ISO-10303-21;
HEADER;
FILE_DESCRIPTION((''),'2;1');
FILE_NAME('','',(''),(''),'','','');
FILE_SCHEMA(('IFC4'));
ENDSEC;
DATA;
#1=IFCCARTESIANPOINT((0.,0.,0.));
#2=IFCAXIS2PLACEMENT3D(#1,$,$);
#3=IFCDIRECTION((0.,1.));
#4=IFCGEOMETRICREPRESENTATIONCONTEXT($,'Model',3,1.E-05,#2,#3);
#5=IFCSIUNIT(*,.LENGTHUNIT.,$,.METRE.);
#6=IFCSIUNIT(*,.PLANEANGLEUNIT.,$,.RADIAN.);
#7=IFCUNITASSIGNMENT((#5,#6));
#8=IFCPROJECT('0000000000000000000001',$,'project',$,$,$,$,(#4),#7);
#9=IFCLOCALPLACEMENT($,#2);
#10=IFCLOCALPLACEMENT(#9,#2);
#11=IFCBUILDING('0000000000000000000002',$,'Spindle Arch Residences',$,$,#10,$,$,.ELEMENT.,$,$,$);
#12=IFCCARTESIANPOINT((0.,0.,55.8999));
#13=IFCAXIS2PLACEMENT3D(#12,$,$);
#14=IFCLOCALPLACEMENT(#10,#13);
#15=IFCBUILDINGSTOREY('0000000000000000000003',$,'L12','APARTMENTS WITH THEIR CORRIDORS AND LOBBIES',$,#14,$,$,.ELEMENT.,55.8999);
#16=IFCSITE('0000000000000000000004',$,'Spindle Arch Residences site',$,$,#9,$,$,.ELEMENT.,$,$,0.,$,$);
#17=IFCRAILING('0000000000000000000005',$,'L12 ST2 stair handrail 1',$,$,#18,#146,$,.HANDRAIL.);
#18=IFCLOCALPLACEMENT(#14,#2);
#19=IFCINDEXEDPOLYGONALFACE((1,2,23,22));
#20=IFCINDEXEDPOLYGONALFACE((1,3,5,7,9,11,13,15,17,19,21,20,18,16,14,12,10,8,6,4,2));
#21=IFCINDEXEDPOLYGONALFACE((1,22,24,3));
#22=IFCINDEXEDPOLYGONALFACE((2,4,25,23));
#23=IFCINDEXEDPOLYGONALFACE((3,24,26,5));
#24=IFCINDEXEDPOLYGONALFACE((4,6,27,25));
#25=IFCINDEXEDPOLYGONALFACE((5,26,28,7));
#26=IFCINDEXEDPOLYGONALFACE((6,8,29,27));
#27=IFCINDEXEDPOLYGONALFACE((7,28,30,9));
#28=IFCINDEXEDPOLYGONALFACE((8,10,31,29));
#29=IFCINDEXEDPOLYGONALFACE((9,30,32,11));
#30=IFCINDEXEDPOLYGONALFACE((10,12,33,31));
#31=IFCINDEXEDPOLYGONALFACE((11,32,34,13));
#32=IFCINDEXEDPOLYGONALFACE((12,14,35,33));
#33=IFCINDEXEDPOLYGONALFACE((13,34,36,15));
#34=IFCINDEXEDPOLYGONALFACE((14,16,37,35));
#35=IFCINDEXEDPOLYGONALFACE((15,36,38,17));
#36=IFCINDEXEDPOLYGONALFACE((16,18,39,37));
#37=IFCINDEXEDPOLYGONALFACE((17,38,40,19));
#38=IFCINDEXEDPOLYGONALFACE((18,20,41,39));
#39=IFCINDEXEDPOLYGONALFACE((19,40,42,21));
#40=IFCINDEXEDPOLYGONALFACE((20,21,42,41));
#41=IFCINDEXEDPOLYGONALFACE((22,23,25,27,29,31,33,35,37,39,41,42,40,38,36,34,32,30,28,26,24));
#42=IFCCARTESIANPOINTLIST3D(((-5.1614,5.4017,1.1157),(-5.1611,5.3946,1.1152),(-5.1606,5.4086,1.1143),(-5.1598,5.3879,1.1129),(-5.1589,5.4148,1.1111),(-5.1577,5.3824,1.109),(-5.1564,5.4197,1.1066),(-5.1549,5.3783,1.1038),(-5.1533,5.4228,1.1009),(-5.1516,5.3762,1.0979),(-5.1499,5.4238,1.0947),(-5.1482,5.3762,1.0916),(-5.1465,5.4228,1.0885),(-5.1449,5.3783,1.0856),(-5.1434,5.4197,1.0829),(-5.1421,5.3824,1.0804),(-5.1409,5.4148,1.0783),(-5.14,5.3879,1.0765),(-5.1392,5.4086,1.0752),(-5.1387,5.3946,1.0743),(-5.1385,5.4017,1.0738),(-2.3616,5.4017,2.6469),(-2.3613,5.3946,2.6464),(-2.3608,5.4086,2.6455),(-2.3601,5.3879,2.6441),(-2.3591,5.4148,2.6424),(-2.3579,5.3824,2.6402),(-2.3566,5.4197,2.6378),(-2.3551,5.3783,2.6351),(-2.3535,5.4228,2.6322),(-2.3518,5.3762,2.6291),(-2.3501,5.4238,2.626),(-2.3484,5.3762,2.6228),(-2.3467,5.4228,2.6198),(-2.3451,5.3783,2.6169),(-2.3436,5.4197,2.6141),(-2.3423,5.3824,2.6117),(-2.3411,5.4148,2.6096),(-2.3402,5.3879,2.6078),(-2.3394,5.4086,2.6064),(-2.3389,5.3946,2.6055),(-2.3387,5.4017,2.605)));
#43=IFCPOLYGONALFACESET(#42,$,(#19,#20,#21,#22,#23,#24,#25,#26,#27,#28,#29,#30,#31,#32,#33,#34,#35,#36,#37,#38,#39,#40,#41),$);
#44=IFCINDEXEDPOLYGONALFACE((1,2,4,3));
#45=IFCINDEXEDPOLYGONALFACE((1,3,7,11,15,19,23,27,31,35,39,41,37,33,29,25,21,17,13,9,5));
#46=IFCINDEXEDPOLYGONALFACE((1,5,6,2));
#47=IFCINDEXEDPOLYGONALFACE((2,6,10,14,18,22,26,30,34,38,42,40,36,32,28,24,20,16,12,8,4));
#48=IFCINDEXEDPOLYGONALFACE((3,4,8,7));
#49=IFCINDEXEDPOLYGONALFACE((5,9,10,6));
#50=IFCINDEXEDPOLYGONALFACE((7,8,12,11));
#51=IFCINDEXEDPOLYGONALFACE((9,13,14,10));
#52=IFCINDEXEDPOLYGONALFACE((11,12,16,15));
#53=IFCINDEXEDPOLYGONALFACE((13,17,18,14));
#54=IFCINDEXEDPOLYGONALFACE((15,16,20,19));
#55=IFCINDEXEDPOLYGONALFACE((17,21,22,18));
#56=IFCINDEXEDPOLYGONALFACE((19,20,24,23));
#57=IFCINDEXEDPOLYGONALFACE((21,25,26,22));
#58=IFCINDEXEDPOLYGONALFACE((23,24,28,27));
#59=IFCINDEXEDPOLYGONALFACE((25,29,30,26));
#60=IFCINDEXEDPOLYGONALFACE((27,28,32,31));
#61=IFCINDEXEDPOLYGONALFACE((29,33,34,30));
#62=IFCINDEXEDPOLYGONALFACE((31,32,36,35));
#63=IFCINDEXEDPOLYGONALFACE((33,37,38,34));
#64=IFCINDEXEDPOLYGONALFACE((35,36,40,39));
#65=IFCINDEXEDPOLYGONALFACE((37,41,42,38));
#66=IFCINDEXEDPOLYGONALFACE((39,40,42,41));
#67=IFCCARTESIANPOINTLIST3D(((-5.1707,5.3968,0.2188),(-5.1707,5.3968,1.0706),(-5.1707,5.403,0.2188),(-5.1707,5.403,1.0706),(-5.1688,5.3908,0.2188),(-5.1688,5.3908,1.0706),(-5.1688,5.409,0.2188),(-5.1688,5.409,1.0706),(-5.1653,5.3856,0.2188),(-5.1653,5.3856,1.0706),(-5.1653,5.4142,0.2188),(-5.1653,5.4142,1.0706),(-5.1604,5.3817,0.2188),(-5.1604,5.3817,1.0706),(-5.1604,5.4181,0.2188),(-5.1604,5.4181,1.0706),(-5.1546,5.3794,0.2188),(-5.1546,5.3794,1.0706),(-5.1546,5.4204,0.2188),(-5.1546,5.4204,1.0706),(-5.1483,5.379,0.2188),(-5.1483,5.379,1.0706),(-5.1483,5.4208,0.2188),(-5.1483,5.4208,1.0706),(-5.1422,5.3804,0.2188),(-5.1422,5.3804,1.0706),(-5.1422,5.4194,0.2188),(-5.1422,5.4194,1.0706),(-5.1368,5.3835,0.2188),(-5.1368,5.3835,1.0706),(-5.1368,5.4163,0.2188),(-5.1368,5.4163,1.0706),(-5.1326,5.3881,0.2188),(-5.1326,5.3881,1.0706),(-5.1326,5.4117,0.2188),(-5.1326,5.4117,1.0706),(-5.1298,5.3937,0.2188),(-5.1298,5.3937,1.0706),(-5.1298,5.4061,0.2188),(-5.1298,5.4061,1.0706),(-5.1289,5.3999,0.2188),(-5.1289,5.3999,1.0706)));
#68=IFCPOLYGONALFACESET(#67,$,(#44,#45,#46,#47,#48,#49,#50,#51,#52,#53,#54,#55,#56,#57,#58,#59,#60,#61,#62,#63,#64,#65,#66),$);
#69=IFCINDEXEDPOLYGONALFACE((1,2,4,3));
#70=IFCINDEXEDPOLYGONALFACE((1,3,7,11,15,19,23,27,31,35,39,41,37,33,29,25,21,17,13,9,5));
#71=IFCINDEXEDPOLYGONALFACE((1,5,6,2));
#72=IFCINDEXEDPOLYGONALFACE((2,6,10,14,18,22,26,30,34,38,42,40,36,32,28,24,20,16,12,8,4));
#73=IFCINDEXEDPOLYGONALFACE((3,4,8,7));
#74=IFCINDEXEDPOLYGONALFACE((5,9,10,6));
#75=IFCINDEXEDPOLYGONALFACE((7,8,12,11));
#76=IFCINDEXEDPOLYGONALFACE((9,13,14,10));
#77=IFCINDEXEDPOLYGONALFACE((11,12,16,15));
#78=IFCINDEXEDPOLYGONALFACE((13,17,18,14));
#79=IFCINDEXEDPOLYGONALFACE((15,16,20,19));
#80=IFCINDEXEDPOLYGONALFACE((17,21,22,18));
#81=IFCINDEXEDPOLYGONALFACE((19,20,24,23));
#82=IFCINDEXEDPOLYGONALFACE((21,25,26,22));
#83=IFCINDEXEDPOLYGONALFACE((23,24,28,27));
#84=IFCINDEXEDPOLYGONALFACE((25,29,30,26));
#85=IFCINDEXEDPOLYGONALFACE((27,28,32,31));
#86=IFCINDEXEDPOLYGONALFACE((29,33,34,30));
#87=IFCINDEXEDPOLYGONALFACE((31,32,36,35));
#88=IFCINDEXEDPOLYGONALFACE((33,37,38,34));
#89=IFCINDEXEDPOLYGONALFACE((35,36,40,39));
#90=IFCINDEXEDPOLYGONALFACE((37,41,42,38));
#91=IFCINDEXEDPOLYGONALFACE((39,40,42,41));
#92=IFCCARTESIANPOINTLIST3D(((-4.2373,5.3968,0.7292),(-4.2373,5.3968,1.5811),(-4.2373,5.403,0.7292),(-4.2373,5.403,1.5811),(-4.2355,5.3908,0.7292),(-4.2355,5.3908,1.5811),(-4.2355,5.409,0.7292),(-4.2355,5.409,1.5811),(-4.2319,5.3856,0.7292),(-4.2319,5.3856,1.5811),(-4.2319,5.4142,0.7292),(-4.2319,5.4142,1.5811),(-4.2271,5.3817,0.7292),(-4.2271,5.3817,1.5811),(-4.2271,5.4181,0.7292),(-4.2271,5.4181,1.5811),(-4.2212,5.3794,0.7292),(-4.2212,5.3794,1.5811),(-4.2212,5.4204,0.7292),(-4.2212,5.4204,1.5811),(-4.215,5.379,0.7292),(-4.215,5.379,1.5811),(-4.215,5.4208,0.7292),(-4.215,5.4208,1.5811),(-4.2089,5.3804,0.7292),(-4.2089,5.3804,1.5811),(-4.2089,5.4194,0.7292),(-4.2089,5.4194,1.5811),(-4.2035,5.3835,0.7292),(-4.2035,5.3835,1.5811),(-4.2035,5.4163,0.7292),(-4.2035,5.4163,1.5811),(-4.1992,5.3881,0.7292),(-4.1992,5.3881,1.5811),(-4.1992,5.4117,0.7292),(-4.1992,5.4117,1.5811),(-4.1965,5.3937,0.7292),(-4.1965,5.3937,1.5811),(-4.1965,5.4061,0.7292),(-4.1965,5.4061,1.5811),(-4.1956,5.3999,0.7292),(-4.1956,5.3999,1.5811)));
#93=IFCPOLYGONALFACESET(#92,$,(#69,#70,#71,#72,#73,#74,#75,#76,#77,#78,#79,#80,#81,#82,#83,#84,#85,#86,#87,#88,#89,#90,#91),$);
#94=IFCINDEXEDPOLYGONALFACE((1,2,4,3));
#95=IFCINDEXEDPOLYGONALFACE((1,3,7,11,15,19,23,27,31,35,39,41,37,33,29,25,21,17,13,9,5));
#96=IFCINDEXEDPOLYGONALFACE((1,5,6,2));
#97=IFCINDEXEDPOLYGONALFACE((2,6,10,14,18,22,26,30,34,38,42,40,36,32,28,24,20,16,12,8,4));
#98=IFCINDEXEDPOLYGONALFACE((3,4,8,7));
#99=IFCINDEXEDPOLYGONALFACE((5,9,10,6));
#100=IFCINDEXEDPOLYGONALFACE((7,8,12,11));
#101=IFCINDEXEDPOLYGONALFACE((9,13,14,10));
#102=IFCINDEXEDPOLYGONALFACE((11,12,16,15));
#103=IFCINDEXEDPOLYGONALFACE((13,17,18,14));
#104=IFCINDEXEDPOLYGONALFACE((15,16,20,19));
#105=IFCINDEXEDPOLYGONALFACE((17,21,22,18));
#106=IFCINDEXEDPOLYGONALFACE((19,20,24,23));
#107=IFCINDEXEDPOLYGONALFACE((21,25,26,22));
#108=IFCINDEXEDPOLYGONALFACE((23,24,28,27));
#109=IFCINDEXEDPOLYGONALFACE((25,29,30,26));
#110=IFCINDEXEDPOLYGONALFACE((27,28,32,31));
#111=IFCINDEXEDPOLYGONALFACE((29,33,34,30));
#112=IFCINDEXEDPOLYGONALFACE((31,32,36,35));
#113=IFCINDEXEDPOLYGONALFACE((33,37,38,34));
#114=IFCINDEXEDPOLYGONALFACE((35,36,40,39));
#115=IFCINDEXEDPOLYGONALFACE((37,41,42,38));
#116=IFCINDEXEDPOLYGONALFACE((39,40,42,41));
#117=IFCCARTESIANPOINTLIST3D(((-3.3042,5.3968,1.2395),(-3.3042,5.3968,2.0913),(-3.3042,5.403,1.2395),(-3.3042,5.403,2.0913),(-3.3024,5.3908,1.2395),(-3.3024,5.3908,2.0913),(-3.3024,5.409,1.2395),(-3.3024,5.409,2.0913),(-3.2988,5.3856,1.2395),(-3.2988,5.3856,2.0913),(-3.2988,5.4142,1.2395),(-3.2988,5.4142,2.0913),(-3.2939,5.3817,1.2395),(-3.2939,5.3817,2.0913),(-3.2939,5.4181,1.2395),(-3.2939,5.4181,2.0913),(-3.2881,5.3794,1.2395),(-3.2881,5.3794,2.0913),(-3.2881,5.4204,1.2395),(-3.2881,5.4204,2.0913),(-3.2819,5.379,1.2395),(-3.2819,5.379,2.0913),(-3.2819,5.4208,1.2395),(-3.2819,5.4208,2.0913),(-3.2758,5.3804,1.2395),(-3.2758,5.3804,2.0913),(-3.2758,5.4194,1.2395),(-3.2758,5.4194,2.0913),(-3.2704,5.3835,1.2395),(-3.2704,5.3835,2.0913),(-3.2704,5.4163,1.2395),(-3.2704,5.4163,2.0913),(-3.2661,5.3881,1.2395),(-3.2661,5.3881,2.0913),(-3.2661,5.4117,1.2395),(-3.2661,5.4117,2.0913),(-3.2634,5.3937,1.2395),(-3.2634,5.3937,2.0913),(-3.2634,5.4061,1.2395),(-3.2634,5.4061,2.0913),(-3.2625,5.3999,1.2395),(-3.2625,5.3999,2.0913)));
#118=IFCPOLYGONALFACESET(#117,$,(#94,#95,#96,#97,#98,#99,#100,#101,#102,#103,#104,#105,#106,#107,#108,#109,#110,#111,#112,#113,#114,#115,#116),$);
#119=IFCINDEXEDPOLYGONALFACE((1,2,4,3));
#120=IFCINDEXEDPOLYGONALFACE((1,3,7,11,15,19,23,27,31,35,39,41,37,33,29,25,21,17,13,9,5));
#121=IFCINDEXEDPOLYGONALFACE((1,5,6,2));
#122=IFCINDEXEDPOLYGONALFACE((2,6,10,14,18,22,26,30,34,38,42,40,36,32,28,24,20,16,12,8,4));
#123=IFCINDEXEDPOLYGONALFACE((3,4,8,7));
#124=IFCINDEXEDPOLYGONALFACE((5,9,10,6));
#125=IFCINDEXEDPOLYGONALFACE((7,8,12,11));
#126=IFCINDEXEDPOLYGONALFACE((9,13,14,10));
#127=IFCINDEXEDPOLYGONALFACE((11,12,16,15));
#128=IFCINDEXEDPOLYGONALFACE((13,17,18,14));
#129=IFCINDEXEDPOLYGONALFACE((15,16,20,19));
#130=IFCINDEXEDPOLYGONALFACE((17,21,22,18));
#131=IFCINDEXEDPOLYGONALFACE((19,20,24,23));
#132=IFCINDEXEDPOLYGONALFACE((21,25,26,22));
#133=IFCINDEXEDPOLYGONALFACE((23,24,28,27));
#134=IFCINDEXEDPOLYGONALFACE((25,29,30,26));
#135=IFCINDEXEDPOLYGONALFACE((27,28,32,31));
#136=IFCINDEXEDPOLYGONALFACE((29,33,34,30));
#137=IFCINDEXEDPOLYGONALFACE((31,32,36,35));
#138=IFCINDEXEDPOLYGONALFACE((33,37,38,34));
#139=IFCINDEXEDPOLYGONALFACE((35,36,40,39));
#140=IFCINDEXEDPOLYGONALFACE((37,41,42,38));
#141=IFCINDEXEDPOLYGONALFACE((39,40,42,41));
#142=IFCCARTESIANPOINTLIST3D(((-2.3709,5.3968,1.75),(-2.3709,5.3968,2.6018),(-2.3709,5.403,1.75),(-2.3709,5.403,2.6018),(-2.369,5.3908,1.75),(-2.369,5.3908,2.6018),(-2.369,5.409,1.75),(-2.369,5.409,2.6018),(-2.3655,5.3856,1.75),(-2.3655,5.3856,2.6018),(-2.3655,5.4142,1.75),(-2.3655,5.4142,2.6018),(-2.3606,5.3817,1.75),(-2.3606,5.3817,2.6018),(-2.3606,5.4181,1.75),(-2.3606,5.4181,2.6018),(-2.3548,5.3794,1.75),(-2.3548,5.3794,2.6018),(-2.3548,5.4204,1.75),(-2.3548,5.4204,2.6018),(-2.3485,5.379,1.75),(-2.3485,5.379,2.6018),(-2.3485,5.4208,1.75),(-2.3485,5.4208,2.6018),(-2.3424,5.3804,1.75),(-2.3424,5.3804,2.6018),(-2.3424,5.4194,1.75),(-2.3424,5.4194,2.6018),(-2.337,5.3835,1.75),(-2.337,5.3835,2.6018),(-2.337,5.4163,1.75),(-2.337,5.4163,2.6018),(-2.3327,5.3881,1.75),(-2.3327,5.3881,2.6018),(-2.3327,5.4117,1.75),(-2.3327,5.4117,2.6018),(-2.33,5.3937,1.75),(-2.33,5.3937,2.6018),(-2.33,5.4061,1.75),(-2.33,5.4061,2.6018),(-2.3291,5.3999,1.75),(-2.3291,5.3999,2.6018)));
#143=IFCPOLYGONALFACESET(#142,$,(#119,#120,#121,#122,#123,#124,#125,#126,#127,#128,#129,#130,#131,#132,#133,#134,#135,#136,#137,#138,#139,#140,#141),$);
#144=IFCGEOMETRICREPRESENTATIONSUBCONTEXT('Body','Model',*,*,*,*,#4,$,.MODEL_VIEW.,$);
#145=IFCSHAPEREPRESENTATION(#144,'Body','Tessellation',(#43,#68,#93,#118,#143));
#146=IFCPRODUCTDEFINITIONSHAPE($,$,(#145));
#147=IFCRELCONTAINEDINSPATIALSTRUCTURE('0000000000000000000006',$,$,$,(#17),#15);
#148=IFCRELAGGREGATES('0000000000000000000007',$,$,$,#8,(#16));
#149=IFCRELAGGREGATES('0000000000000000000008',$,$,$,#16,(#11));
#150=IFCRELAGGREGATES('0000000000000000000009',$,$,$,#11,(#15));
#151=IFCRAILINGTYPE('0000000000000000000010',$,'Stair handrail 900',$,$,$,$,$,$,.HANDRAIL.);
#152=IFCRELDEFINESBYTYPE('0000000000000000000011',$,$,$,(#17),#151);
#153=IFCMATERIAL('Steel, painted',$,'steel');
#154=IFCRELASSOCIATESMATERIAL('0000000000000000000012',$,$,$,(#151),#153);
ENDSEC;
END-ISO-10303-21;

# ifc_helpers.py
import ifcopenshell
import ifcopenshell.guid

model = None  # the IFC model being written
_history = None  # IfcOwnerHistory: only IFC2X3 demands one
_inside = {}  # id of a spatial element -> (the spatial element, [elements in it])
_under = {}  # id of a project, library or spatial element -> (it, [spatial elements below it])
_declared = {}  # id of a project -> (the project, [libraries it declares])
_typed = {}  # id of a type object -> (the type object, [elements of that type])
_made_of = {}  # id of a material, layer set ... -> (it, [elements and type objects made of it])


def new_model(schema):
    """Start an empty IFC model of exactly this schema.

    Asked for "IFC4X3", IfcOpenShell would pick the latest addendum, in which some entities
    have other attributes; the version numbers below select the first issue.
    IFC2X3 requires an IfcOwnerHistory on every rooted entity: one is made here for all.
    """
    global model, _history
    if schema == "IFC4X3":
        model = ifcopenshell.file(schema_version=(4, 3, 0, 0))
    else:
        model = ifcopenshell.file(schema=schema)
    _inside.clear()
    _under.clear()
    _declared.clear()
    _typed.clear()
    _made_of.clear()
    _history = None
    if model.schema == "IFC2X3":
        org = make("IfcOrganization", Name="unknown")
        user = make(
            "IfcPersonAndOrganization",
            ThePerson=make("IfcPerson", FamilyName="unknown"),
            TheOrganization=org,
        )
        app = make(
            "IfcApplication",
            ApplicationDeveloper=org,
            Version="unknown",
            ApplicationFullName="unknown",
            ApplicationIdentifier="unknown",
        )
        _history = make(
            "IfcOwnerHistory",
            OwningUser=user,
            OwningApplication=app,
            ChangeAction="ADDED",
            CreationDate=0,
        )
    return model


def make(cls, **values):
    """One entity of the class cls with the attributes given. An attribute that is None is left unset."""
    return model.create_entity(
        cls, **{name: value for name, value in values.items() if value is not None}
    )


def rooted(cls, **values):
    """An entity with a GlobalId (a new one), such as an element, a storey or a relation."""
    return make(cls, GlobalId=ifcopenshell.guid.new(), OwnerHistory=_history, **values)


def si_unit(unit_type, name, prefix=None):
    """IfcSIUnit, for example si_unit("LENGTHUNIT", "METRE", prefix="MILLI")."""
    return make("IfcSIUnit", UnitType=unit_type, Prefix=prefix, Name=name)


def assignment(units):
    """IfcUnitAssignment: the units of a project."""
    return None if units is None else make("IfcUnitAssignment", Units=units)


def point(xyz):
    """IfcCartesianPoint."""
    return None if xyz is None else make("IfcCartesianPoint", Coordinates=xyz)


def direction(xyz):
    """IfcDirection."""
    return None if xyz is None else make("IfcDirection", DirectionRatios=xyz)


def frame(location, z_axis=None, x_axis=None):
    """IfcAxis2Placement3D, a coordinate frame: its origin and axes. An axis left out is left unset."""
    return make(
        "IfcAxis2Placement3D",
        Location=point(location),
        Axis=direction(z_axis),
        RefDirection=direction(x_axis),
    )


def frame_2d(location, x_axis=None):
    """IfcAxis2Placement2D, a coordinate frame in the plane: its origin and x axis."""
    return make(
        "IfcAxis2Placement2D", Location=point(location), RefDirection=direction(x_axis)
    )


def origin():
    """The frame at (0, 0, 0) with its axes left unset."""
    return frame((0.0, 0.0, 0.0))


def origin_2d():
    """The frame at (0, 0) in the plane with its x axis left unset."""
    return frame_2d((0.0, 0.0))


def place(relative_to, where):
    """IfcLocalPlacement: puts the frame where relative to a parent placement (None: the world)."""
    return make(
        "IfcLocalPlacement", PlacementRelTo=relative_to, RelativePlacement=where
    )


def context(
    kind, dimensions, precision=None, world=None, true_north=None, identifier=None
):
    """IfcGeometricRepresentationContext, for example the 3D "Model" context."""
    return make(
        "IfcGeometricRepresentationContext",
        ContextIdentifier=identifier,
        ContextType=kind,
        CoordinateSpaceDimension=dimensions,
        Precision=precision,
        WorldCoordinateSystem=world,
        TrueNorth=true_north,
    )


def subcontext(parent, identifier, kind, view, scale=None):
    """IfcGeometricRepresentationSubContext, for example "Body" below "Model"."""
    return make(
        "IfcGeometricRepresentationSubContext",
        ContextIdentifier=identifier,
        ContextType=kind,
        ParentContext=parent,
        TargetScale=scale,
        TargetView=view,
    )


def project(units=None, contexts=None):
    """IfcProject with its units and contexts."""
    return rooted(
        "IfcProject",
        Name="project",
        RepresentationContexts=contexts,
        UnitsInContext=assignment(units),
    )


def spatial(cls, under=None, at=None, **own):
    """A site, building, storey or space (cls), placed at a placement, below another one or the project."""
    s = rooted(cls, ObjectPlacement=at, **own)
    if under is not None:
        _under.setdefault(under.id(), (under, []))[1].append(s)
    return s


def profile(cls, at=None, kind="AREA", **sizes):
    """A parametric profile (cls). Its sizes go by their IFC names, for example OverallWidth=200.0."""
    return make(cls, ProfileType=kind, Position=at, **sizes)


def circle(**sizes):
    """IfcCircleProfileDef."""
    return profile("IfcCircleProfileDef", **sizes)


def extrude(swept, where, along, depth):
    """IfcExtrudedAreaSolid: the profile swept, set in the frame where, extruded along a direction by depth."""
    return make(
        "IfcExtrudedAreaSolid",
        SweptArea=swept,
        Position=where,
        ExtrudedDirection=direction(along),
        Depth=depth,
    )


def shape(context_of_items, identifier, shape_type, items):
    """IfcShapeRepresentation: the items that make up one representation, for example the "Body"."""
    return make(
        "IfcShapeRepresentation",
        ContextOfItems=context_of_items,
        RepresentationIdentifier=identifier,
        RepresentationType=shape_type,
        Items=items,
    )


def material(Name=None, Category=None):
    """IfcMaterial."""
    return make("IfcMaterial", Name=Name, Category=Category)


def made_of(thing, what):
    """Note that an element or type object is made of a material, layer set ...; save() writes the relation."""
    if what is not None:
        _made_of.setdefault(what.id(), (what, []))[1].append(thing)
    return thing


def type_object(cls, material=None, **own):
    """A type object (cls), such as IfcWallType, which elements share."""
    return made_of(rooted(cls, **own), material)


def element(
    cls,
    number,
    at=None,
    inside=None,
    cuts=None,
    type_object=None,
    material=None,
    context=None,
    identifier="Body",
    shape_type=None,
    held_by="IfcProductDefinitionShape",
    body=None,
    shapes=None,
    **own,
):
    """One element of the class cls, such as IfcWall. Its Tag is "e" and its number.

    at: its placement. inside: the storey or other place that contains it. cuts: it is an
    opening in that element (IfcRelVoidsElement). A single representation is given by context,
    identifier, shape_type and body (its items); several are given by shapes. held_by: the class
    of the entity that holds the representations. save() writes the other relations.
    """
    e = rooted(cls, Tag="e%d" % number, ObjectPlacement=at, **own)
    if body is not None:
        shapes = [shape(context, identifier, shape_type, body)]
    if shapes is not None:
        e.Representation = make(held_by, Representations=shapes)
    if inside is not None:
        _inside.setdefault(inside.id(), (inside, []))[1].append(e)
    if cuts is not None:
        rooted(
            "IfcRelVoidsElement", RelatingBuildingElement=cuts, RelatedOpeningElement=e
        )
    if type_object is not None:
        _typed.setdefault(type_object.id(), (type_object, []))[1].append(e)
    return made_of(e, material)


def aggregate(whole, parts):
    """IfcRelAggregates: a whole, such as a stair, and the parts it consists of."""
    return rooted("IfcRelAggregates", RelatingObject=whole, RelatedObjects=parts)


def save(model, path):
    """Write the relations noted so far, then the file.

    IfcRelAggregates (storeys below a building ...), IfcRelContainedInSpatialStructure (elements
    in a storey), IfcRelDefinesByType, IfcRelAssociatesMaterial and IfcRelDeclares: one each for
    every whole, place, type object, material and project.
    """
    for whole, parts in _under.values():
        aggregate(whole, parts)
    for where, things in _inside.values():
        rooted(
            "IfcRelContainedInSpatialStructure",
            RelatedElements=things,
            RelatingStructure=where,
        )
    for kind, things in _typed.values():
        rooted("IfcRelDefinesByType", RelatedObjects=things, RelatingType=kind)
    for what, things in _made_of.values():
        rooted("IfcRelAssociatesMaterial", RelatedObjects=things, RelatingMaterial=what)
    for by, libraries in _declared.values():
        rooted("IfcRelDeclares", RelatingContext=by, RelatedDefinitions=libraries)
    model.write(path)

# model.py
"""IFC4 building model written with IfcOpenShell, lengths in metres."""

from ifc_helpers import new_model, si_unit, direction, frame, origin, origin_2d, place, context, subcontext, project, spatial, circle, extrude, material, type_object, element, save


model = new_model("IFC4")

# Units and contexts
model_context = context("Model", 3, precision=1e-05, world=origin(), true_north=direction((0.0, 1.0)))
body_context = subcontext(model_context, "Body", "Model", "MODEL_VIEW")
ifc_project = project(units=[si_unit("LENGTHUNIT", "METRE"), si_unit("PLANEANGLEUNIT", "RADIAN")], contexts=[model_context])

# Site, building, storey
site_placement = place(None, origin())
site = spatial("IfcSite", under=ifc_project, at=site_placement, Name="Spindle Arch Residences site", CompositionType="ELEMENT", RefElevation=0.0)
building_placement = place(site_placement, origin())
building = spatial("IfcBuilding", under=site, at=building_placement, Name="Spindle Arch Residences", CompositionType="ELEMENT")
storey_placement = place(building_placement, frame((0.0, 0.0, 55.8999)))
storey = spatial("IfcBuildingStorey", under=building, at=storey_placement, Name="L12", Description="APARTMENTS WITH THEIR CORRIDORS AND LOBBIES", CompositionType="ELEMENT", Elevation=55.8999)

# Railing
ifc_material_1 = material(Name="Steel, painted", Category="steel")
railing_type_1 = type_object("IfcRailingType", Name="Stair handrail 900", PredefinedType="HANDRAIL", material=ifc_material_1)
railing_1_placement = place(storey_placement, frame((-5.1499, 5.3999, 0.2188)))
element("IfcRailing", 1, at=railing_1_placement, inside=storey, type_object=railing_type_1, Name="L12 ST2 stair handrail 1", PredefinedType="HANDRAIL", context=body_context, shape_type="SweptSolid", body=[
    extrude(circle(Radius=0.0239, at=origin_2d()), frame((0.0, 0.0, 0.876), z_axis=(0.877357, 0.0, 0.479838), x_axis=(0.0, 1.0, 0.0)), (0.0, 0.0, 1.0), 3.1912),
    extrude(circle(Radius=0.021, at=origin_2d()), origin(), (0.0, 0.0, 1.0), 0.8518),
    extrude(circle(Radius=0.021, at=origin_2d()), frame((0.9333, 0.0, 0.5105)), (0.0, 0.0, 1.0), 0.8518),
    extrude(circle(Radius=0.021, at=origin_2d()), frame((1.8665, 0.0, 1.0208)), (0.0, 0.0, 1.0), 0.8518),
    extrude(circle(Radius=0.021, at=origin_2d()), frame((2.7998, 0.0, 1.5312)), (0.0, 0.0, 1.0), 0.8518),
])

save(model, "model.ifc")
